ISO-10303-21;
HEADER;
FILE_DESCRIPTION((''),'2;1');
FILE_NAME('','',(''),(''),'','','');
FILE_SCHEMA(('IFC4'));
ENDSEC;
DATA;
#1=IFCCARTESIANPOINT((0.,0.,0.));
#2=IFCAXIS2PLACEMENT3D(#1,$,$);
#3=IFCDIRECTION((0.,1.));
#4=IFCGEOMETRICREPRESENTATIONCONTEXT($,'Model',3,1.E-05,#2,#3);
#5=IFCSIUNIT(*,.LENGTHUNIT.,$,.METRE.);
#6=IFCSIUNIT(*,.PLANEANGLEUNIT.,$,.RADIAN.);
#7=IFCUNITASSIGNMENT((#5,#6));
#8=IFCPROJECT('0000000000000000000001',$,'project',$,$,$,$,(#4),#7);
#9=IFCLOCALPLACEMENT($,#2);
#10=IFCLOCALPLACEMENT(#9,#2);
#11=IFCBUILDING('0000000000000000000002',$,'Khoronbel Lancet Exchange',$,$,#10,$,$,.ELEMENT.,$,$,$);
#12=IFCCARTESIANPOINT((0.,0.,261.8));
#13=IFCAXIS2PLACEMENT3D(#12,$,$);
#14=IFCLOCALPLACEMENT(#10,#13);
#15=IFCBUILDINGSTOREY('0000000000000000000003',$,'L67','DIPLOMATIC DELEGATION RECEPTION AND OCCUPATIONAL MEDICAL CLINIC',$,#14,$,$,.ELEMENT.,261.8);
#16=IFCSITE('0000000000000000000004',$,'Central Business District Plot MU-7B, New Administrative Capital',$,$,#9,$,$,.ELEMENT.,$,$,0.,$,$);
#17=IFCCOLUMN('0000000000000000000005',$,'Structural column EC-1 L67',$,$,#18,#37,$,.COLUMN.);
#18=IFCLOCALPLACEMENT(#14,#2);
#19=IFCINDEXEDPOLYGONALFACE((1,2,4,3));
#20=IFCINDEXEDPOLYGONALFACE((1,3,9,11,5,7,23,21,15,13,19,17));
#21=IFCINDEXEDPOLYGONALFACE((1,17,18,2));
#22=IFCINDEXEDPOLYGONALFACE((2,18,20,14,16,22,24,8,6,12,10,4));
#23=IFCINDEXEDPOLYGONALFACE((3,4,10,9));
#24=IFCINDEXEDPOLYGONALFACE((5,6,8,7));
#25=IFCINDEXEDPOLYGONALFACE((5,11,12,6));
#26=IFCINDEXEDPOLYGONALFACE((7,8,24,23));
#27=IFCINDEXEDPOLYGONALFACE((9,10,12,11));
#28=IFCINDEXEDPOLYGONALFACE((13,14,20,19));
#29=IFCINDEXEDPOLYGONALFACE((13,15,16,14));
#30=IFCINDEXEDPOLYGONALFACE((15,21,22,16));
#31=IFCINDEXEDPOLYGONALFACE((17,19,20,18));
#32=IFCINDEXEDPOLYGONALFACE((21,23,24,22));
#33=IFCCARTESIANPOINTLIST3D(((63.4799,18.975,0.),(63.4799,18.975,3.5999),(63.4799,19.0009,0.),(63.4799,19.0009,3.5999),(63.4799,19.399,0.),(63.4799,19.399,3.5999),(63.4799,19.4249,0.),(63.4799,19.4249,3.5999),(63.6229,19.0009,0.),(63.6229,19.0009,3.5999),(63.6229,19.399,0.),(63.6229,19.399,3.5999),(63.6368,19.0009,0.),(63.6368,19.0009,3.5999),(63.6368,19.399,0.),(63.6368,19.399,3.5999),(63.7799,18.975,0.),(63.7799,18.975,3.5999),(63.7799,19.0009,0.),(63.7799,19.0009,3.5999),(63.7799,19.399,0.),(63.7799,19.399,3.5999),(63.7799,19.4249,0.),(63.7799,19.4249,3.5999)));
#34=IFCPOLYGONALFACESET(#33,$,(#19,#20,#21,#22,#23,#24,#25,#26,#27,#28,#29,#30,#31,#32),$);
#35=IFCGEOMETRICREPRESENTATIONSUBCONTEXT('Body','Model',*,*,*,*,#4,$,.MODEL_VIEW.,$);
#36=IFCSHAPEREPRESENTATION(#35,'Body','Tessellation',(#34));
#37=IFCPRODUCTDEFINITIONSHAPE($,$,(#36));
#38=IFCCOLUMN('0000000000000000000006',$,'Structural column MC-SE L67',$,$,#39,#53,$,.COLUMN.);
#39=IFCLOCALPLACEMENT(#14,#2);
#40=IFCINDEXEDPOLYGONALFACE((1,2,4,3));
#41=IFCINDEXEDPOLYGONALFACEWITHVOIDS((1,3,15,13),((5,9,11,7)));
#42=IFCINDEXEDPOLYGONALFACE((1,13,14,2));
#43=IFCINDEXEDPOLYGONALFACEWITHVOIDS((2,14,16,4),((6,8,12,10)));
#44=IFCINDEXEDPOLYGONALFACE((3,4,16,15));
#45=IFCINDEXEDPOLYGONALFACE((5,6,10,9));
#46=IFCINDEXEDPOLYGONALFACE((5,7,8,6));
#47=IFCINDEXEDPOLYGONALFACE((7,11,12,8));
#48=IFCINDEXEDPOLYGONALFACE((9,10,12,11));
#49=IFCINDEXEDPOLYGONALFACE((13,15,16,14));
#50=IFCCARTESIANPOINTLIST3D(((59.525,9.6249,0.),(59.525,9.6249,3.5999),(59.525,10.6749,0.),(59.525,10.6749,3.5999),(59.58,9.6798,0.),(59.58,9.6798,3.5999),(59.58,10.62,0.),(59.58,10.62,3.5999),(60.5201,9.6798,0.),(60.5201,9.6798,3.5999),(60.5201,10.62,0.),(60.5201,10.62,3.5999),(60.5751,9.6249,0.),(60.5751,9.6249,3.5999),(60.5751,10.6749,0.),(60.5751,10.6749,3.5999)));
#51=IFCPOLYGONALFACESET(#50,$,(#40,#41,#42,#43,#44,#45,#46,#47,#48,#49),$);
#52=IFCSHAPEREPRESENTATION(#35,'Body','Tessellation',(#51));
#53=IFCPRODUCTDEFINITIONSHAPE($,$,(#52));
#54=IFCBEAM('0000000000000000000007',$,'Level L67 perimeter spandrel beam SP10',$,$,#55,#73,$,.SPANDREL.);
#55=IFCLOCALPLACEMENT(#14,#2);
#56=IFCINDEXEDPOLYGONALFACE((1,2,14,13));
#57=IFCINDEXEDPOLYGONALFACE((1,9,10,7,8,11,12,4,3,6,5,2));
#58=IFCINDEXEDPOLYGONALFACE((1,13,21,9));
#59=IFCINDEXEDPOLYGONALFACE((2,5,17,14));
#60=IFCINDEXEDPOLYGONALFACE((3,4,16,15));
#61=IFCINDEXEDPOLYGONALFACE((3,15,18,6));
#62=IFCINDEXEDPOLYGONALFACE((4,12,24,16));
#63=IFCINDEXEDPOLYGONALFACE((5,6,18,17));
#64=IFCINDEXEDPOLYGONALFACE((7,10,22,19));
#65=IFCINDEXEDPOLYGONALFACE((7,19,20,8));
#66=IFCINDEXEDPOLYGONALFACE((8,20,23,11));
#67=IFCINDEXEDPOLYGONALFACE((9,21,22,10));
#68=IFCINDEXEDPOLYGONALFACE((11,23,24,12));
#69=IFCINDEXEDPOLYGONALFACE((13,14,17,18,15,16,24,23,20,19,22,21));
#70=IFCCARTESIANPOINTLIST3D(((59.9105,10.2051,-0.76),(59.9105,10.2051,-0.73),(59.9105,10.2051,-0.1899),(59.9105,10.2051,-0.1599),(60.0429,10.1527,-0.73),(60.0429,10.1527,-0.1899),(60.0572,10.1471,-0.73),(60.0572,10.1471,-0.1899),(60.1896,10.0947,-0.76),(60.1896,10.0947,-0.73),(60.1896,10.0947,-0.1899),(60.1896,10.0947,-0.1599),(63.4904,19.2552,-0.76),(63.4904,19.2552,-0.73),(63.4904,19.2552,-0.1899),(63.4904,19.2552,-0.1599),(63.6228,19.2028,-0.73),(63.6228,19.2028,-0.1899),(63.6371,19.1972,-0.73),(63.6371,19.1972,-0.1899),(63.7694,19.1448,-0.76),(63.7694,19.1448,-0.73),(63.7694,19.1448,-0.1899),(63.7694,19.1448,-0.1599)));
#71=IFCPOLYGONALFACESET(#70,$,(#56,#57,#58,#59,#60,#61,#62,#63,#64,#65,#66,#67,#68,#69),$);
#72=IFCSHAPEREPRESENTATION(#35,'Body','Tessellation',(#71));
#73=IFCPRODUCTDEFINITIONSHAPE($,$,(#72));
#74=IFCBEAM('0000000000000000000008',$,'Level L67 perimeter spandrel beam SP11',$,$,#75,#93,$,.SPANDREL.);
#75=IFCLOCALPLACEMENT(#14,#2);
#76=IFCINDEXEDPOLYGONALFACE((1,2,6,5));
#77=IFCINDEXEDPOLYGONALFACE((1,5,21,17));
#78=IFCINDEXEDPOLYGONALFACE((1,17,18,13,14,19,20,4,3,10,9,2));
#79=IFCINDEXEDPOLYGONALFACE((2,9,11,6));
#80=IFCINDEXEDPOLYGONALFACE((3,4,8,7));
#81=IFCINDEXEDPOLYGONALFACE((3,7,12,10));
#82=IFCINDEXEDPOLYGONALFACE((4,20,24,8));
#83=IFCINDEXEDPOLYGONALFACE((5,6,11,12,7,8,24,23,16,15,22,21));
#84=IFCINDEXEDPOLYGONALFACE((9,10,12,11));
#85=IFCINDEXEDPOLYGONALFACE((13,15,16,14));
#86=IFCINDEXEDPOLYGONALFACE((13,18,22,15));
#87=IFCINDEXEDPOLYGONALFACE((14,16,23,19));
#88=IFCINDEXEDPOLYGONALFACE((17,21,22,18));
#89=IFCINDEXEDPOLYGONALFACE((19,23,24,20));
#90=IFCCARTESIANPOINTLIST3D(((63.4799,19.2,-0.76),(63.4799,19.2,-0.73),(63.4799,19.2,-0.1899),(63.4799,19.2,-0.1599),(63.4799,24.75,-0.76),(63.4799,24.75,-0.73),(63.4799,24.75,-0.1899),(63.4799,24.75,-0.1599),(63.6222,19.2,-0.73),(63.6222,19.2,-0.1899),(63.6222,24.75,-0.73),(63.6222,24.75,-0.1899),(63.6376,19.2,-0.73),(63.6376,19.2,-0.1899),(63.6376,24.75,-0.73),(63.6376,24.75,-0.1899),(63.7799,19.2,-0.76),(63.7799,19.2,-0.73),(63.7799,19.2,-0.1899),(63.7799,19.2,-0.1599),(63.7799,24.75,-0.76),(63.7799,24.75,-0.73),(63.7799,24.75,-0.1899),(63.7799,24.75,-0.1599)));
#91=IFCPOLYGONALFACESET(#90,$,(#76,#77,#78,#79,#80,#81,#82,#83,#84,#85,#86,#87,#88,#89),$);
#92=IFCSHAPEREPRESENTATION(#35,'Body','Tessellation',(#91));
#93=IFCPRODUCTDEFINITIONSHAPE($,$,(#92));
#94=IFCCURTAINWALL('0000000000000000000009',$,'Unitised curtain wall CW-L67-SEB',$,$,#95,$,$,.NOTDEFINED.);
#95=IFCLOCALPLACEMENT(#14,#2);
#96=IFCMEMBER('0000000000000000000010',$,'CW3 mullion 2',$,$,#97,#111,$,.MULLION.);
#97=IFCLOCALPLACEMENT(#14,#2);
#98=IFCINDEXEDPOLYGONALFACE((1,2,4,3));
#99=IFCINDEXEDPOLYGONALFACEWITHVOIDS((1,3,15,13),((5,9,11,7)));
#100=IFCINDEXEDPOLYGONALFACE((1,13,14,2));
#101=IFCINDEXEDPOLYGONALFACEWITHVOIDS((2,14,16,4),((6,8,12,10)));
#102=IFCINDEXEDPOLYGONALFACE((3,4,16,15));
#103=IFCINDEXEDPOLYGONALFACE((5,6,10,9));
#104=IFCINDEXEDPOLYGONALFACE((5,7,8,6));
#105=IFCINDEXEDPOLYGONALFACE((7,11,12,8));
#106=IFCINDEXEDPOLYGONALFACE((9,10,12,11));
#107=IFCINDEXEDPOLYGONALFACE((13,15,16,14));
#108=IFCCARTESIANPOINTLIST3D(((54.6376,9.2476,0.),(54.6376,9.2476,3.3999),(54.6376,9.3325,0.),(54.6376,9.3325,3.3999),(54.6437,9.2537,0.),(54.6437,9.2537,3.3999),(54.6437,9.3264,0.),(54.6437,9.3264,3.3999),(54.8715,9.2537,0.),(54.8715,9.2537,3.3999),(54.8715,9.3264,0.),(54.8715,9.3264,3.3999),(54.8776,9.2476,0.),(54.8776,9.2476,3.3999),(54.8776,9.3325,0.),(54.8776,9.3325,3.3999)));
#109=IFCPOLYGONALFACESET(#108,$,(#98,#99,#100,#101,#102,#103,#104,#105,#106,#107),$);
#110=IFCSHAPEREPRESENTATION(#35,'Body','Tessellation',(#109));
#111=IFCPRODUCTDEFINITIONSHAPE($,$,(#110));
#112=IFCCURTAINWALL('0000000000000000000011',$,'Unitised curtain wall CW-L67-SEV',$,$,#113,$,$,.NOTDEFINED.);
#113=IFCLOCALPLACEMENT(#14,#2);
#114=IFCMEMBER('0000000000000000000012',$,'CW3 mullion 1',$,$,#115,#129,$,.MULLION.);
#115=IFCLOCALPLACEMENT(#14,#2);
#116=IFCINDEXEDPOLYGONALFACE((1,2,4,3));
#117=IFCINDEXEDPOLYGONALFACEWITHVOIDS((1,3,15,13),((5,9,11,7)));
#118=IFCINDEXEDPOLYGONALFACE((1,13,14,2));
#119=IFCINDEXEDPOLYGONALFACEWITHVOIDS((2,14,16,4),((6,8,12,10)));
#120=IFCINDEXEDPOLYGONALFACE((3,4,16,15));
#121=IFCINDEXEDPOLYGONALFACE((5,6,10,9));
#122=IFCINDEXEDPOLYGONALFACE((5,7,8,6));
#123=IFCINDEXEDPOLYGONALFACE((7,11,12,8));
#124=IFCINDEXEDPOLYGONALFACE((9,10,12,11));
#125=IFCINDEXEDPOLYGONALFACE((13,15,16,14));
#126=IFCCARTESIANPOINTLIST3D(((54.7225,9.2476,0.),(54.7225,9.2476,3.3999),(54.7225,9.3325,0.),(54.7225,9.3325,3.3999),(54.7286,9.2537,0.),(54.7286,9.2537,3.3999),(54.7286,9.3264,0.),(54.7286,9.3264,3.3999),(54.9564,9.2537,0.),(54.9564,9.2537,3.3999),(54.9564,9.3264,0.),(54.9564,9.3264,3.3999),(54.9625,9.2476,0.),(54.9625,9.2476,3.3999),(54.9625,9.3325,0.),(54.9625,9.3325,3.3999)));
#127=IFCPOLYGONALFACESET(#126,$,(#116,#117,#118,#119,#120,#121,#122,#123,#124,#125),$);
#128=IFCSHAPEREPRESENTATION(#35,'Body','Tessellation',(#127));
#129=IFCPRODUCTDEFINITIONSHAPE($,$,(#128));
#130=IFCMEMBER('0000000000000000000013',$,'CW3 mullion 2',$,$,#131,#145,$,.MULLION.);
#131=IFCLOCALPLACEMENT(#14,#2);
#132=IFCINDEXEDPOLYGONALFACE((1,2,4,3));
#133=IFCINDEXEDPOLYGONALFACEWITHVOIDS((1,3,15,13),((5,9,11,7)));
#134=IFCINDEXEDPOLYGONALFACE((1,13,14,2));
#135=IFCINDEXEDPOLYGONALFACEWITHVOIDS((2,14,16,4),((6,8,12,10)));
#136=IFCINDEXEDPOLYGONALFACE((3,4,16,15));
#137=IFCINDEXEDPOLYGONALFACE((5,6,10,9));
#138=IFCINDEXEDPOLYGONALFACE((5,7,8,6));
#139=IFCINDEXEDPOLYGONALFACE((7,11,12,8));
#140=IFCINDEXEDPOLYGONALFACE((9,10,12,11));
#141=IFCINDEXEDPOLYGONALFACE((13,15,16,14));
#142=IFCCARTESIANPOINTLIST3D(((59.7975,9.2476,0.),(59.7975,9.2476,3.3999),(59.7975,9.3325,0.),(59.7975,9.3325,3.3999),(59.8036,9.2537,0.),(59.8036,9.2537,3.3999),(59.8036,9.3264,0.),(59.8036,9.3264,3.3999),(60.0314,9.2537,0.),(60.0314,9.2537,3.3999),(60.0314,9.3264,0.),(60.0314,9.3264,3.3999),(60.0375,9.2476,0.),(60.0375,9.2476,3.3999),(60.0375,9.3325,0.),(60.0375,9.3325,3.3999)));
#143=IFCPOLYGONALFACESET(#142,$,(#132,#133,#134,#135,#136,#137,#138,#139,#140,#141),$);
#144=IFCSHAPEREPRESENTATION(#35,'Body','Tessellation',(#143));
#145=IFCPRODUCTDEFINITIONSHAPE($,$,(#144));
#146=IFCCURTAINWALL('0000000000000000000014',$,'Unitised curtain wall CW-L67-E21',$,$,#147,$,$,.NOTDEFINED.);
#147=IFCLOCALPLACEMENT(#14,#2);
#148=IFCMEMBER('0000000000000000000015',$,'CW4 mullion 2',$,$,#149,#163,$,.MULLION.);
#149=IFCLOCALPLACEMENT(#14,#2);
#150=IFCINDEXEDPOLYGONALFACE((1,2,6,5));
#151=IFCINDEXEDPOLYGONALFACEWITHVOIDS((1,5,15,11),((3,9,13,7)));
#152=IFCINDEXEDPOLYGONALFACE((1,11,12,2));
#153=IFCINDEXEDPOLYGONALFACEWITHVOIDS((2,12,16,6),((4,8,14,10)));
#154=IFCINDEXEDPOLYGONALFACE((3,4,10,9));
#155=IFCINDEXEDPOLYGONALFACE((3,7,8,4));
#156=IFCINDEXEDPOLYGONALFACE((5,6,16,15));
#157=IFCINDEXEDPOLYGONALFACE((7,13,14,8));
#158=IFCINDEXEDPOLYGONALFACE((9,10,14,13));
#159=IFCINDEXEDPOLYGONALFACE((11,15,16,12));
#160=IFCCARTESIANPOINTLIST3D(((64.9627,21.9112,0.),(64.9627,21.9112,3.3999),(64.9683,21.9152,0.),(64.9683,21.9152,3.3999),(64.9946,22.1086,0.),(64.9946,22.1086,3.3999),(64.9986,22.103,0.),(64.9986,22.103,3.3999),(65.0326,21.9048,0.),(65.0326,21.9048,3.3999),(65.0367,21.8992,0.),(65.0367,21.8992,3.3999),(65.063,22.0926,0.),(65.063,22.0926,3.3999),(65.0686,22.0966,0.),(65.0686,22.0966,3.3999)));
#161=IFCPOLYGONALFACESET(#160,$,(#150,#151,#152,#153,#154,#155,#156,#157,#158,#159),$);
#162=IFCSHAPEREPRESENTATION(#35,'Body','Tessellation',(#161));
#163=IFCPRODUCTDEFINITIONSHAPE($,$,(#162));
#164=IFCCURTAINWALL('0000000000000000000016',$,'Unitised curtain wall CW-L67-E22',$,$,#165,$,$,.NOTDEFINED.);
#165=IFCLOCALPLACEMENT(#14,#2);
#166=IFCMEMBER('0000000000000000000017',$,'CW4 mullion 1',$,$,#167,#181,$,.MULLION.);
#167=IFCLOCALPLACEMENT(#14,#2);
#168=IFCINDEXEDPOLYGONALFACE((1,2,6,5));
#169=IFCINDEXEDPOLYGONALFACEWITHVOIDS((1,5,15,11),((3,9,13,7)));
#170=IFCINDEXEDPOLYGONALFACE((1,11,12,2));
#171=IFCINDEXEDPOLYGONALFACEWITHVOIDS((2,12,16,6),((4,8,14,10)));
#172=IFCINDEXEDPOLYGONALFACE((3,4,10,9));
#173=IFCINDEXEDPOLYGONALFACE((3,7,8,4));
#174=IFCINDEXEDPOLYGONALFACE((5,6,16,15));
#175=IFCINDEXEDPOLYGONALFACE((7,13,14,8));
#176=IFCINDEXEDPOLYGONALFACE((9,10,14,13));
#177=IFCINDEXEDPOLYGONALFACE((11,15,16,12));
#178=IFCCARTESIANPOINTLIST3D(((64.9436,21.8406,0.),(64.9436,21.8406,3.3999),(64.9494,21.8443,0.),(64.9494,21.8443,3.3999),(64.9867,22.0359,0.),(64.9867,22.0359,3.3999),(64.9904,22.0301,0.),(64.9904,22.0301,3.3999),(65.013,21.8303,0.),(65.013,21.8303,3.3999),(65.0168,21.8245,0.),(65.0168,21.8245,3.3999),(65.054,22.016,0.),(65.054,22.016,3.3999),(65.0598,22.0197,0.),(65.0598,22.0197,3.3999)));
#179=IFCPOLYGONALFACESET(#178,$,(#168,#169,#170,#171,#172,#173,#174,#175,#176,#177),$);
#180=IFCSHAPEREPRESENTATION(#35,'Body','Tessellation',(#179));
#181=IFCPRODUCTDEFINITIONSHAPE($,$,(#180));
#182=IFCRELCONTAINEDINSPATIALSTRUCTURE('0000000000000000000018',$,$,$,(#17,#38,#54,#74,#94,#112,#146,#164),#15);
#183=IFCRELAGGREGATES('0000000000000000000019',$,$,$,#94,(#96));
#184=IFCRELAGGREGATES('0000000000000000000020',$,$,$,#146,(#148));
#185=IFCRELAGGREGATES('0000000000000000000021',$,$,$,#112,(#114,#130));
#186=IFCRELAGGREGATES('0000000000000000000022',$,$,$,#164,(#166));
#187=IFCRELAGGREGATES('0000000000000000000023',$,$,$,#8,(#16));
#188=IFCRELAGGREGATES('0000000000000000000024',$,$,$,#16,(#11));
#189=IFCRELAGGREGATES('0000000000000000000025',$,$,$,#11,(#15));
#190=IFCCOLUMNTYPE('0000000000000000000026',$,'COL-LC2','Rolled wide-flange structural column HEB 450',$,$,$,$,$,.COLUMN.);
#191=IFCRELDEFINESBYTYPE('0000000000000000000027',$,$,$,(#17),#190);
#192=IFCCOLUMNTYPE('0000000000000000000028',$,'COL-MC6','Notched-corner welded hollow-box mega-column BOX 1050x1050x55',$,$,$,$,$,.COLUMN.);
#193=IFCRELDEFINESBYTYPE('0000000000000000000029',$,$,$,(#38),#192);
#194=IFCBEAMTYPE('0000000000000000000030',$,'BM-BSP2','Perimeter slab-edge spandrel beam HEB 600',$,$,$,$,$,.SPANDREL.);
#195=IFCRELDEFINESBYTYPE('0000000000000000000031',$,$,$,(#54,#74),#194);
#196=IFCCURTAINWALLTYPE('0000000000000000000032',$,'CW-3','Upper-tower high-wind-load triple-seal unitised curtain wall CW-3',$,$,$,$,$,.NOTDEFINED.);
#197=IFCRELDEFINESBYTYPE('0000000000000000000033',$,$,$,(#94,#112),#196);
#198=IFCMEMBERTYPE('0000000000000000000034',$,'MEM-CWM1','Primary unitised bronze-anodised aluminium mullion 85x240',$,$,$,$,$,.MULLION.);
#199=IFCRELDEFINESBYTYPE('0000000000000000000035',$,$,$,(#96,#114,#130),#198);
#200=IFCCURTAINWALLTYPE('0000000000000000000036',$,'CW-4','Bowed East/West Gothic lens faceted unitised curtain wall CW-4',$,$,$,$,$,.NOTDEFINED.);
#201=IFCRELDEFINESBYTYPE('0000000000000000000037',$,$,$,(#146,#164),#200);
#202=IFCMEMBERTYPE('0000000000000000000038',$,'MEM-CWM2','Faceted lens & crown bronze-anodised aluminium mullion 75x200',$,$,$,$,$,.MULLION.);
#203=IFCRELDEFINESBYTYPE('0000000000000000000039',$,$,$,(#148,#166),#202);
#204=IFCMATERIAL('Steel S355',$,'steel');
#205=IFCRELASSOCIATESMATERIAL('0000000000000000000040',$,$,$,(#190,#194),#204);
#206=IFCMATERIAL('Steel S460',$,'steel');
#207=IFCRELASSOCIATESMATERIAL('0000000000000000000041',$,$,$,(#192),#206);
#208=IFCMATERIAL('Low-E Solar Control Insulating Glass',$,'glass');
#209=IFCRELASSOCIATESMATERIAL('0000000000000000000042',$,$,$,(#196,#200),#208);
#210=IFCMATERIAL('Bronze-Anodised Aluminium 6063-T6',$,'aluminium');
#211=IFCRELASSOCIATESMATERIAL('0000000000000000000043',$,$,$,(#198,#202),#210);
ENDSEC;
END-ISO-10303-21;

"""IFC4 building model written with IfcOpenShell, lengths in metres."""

from ifc_helpers import new_model, si_unit, direction, frame, origin, origin_2d, place, context, subcontext, project, spatial, hollow_rectangle, i_section, extrude, material, material_profile, profile_set, type_object, element, aggregate, save


model = new_model("IFC4")

# Units and contexts
model_context = context("Model", 3, precision=1e-05, world=origin(), true_north=direction((0.0, 1.0)))
body_context = subcontext(model_context, "Body", "Model", "MODEL_VIEW")
ifc_project = project(units=[si_unit("LENGTHUNIT", "METRE"), si_unit("PLANEANGLEUNIT", "RADIAN")], contexts=[model_context])

# Site, building, storey
site_placement = place(None, origin())
site = spatial("IfcSite", under=ifc_project, at=site_placement, Name="Central Business District Plot MU-7B, New Administrative Capital", CompositionType="ELEMENT", RefElevation=0.0)
building_placement = place(site_placement, origin())
building = spatial("IfcBuilding", under=site, at=building_placement, Name="Khoronbel Lancet Exchange", CompositionType="ELEMENT")
storey_placement = place(building_placement, frame((0.0, 0.0, 261.8)))
storey = spatial("IfcBuildingStorey", under=building, at=storey_placement, Name="L67", Description="DIPLOMATIC DELEGATION RECEPTION AND OCCUPATIONAL MEDICAL CLINIC", CompositionType="ELEMENT", Elevation=261.8)

# Columns
ifc_material_1 = material(Name="Steel S355", Category="steel")
ifc_material_profile_1 = material_profile(ifc_material_1, i_section(OverallWidth=0.3, OverallDepth=0.45, WebThickness=0.0139, FlangeThickness=0.0259, at=origin_2d()), Name="HEB 450")
ifc_profile_set_1 = profile_set([ifc_material_profile_1], Name="Steel S355")
column_type_1 = type_object("IfcColumnType", Name="COL-LC2", Description="Rolled wide-flange structural column HEB 450", PredefinedType="COLUMN", material=ifc_profile_set_1)
column_1_placement = place(storey_placement, frame((63.6299, 19.2, 0.0), z_axis=(0.0, 0.0, 1.0), x_axis=(1.0, 0.0, 0.0)))
element("IfcColumn", 1, at=column_1_placement, inside=storey, type_object=column_type_1, Name="Structural column EC-1 L67", PredefinedType="COLUMN", context=body_context, shape_type="SweptSolid", body=[
    extrude(i_section(OverallWidth=0.3, OverallDepth=0.45, WebThickness=0.0139, FlangeThickness=0.0259, at=origin_2d()), origin(), (0.0, 0.0, 1.0), 3.5999),
])
ifc_material_2 = material(Name="Steel S460", Category="steel")
ifc_material_profile_2 = material_profile(ifc_material_2, hollow_rectangle(XDim=1.05, YDim=1.05, WallThickness=0.0549, at=origin_2d()), Name="BOX 1050x1050x55")
ifc_profile_set_2 = profile_set([ifc_material_profile_2], Name="Steel S460")
column_type_2 = type_object("IfcColumnType", Name="COL-MC6", Description="Notched-corner welded hollow-box mega-column BOX 1050x1050x55", PredefinedType="COLUMN", material=ifc_profile_set_2)
column_2_placement = place(storey_placement, frame((60.05, 10.1499, 0.0), z_axis=(0.0, 0.0, 1.0), x_axis=(1.0, 0.0, 0.0)))
element("IfcColumn", 2, at=column_2_placement, inside=storey, type_object=column_type_2, Name="Structural column MC-SE L67", PredefinedType="COLUMN", context=body_context, shape_type="SweptSolid", body=[
    extrude(hollow_rectangle(XDim=1.05, YDim=1.05, WallThickness=0.0549, at=origin_2d()), origin(), (0.0, 0.0, 1.0), 3.5999),
])

# Beams
ifc_material_profile_3 = material_profile(ifc_material_1, i_section(OverallWidth=0.3, OverallDepth=0.6001, WebThickness=0.0154, FlangeThickness=0.03, at=origin_2d()), Name="HEB 600")
ifc_profile_set_3 = profile_set([ifc_material_profile_3], Name="Steel S355")
beam_type = type_object("IfcBeamType", Name="BM-BSP2", Description="Perimeter slab-edge spandrel beam HEB 600", PredefinedType="SPANDREL", material=ifc_profile_set_3)
beam_1_placement = place(storey_placement, frame((60.05, 10.1499, -0.46), z_axis=(0.367828, 0.929894, 0.0), x_axis=(-0.929894, 0.367828, 0.0)))
element("IfcBeam", 3, at=beam_1_placement, inside=storey, type_object=beam_type, Name="Level L67 perimeter spandrel beam SP10", PredefinedType="SPANDREL", context=body_context, shape_type="SweptSolid", body=[
    extrude(i_section(OverallWidth=0.3, OverallDepth=0.6001, WebThickness=0.0154, FlangeThickness=0.03, at=origin_2d()), origin(), (0.0, 0.0, 1.0), 9.7324),
])
beam_2_placement = place(storey_placement, frame((63.6299, 19.2, -0.46), z_axis=(0.0, 1.0, 0.0), x_axis=(-1.0, 0.0, 0.0)))
element("IfcBeam", 4, at=beam_2_placement, inside=storey, type_object=beam_type, Name="Level L67 perimeter spandrel beam SP11", PredefinedType="SPANDREL", context=body_context, shape_type="SweptSolid", body=[
    extrude(i_section(OverallWidth=0.3, OverallDepth=0.6001, WebThickness=0.0154, FlangeThickness=0.03, at=origin_2d()), origin(), (0.0, 0.0, 1.0), 5.55),
])

# Curtain wall, member
ifc_material_3 = material(Name="Low-E Solar Control Insulating Glass", Category="glass")
curtain_wall_type_1 = type_object("IfcCurtainWallType", Name="CW-3", Description="Upper-tower high-wind-load triple-seal unitised curtain wall CW-3", PredefinedType="NOTDEFINED", material=ifc_material_3)
curtain_wall_1_placement = place(storey_placement, origin())
curtain_wall_1 = element("IfcCurtainWall", 5, at=curtain_wall_1_placement, inside=storey, type_object=curtain_wall_type_1, Name="Unitised curtain wall CW-L67-SEB", PredefinedType="NOTDEFINED")
ifc_material_4 = material(Name="Bronze-Anodised Aluminium 6063-T6", Category="aluminium")
ifc_material_profile_4 = material_profile(ifc_material_4, hollow_rectangle(XDim=0.085, YDim=0.24, WallThickness=0.0061, at=origin_2d()), Name="ALU MULLION 85x240")
ifc_profile_set_4 = profile_set([ifc_material_profile_4], Name="Bronze-Anodised Aluminium 6063-T6")
member_type_1 = type_object("IfcMemberType", Name="MEM-CWM1", Description="Primary unitised bronze-anodised aluminium mullion 85x240", PredefinedType="MULLION", material=ifc_profile_set_4)
member_1_placement = place(storey_placement, frame((54.7576, 9.29, 0.0), z_axis=(0.0, 0.0, 1.0), x_axis=(0.0, 1.0, 0.0)))
member_1 = element("IfcMember", 6, at=member_1_placement, type_object=member_type_1, Name="CW3 mullion 2", PredefinedType="MULLION", context=body_context, shape_type="SweptSolid", body=[
    extrude(hollow_rectangle(XDim=0.085, YDim=0.24, WallThickness=0.0061, at=origin_2d()), origin(), (0.0, 0.0, 1.0), 3.3999),
])
aggregate(curtain_wall_1, [member_1])

# Curtain wall, members
curtain_wall_2_placement = place(storey_placement, origin())
curtain_wall_2 = element("IfcCurtainWall", 7, at=curtain_wall_2_placement, inside=storey, type_object=curtain_wall_type_1, Name="Unitised curtain wall CW-L67-SEV", PredefinedType="NOTDEFINED")
member_2_placement = place(storey_placement, frame((54.8425, 9.29, 0.0), z_axis=(0.0, 0.0, 1.0), x_axis=(0.0, 1.0, 0.0)))
member_2 = element("IfcMember", 8, at=member_2_placement, type_object=member_type_1, Name="CW3 mullion 1", PredefinedType="MULLION", context=body_context, shape_type="SweptSolid", body=[
    extrude(hollow_rectangle(XDim=0.085, YDim=0.24, WallThickness=0.0061, at=origin_2d()), origin(), (0.0, 0.0, 1.0), 3.3999),
])
member_3_placement = place(storey_placement, frame((59.9175, 9.29, 0.0), z_axis=(0.0, 0.0, 1.0), x_axis=(0.0, 1.0, 0.0)))
member_3 = element("IfcMember", 9, at=member_3_placement, type_object=member_type_1, Name="CW3 mullion 2", PredefinedType="MULLION", context=body_context, shape_type="SweptSolid", body=[
    extrude(hollow_rectangle(XDim=0.085, YDim=0.24, WallThickness=0.0061, at=origin_2d()), origin(), (0.0, 0.0, 1.0), 3.3999),
])

# Curtain wall, member
curtain_wall_type_2 = type_object("IfcCurtainWallType", Name="CW-4", Description="Bowed East/West Gothic lens faceted unitised curtain wall CW-4", PredefinedType="NOTDEFINED", material=ifc_material_3)
curtain_wall_3_placement = place(storey_placement, origin())
curtain_wall_3 = element("IfcCurtainWall", 10, at=curtain_wall_3_placement, inside=storey, type_object=curtain_wall_type_2, Name="Unitised curtain wall CW-L67-E21", PredefinedType="NOTDEFINED")
ifc_material_profile_5 = material_profile(ifc_material_4, hollow_rectangle(XDim=0.075, YDim=0.2, WallThickness=0.0049, at=origin_2d()), Name="ALU MULLION 75x200")
ifc_profile_set_5 = profile_set([ifc_material_profile_5], Name="Bronze-Anodised Aluminium 6063-T6")
member_type_2 = type_object("IfcMemberType", Name="MEM-CWM2", Description="Faceted lens & crown bronze-anodised aluminium mullion 75x200", PredefinedType="MULLION", material=ifc_profile_set_5)
member_4_placement = place(storey_placement, frame((65.0156, 22.0039, 0.0), z_axis=(0.0, 0.0, 1.0), x_axis=(0.987205, -0.159456, 0.0)))
member_4 = element("IfcMember", 11, at=member_4_placement, type_object=member_type_2, Name="CW4 mullion 2", PredefinedType="MULLION", context=body_context, shape_type="SweptSolid", body=[
    extrude(hollow_rectangle(XDim=0.075, YDim=0.2, WallThickness=0.0049, at=origin_2d()), origin(), (0.0, 0.0, 1.0), 3.3999),
])

# Curtain wall, member
curtain_wall_4_placement = place(storey_placement, origin())
curtain_wall_4 = element("IfcCurtainWall", 12, at=curtain_wall_4_placement, inside=storey, type_object=curtain_wall_type_2, Name="Unitised curtain wall CW-L67-E22", PredefinedType="NOTDEFINED")
member_5_placement = place(storey_placement, frame((65.0017, 21.9302, 0.0), z_axis=(0.0, 0.0, 1.0), x_axis=(0.976509, -0.215476, 0.0)))
member_5 = element("IfcMember", 13, at=member_5_placement, type_object=member_type_2, Name="CW4 mullion 1", PredefinedType="MULLION", context=body_context, shape_type="SweptSolid", body=[
    extrude(hollow_rectangle(XDim=0.075, YDim=0.2, WallThickness=0.0049, at=origin_2d()), origin(), (0.0, 0.0, 1.0), 3.3999),
])

aggregate(curtain_wall_3, [member_4])
aggregate(curtain_wall_2, [member_2, member_3])
aggregate(curtain_wall_4, [member_5])

save(model, "model.ifc")
